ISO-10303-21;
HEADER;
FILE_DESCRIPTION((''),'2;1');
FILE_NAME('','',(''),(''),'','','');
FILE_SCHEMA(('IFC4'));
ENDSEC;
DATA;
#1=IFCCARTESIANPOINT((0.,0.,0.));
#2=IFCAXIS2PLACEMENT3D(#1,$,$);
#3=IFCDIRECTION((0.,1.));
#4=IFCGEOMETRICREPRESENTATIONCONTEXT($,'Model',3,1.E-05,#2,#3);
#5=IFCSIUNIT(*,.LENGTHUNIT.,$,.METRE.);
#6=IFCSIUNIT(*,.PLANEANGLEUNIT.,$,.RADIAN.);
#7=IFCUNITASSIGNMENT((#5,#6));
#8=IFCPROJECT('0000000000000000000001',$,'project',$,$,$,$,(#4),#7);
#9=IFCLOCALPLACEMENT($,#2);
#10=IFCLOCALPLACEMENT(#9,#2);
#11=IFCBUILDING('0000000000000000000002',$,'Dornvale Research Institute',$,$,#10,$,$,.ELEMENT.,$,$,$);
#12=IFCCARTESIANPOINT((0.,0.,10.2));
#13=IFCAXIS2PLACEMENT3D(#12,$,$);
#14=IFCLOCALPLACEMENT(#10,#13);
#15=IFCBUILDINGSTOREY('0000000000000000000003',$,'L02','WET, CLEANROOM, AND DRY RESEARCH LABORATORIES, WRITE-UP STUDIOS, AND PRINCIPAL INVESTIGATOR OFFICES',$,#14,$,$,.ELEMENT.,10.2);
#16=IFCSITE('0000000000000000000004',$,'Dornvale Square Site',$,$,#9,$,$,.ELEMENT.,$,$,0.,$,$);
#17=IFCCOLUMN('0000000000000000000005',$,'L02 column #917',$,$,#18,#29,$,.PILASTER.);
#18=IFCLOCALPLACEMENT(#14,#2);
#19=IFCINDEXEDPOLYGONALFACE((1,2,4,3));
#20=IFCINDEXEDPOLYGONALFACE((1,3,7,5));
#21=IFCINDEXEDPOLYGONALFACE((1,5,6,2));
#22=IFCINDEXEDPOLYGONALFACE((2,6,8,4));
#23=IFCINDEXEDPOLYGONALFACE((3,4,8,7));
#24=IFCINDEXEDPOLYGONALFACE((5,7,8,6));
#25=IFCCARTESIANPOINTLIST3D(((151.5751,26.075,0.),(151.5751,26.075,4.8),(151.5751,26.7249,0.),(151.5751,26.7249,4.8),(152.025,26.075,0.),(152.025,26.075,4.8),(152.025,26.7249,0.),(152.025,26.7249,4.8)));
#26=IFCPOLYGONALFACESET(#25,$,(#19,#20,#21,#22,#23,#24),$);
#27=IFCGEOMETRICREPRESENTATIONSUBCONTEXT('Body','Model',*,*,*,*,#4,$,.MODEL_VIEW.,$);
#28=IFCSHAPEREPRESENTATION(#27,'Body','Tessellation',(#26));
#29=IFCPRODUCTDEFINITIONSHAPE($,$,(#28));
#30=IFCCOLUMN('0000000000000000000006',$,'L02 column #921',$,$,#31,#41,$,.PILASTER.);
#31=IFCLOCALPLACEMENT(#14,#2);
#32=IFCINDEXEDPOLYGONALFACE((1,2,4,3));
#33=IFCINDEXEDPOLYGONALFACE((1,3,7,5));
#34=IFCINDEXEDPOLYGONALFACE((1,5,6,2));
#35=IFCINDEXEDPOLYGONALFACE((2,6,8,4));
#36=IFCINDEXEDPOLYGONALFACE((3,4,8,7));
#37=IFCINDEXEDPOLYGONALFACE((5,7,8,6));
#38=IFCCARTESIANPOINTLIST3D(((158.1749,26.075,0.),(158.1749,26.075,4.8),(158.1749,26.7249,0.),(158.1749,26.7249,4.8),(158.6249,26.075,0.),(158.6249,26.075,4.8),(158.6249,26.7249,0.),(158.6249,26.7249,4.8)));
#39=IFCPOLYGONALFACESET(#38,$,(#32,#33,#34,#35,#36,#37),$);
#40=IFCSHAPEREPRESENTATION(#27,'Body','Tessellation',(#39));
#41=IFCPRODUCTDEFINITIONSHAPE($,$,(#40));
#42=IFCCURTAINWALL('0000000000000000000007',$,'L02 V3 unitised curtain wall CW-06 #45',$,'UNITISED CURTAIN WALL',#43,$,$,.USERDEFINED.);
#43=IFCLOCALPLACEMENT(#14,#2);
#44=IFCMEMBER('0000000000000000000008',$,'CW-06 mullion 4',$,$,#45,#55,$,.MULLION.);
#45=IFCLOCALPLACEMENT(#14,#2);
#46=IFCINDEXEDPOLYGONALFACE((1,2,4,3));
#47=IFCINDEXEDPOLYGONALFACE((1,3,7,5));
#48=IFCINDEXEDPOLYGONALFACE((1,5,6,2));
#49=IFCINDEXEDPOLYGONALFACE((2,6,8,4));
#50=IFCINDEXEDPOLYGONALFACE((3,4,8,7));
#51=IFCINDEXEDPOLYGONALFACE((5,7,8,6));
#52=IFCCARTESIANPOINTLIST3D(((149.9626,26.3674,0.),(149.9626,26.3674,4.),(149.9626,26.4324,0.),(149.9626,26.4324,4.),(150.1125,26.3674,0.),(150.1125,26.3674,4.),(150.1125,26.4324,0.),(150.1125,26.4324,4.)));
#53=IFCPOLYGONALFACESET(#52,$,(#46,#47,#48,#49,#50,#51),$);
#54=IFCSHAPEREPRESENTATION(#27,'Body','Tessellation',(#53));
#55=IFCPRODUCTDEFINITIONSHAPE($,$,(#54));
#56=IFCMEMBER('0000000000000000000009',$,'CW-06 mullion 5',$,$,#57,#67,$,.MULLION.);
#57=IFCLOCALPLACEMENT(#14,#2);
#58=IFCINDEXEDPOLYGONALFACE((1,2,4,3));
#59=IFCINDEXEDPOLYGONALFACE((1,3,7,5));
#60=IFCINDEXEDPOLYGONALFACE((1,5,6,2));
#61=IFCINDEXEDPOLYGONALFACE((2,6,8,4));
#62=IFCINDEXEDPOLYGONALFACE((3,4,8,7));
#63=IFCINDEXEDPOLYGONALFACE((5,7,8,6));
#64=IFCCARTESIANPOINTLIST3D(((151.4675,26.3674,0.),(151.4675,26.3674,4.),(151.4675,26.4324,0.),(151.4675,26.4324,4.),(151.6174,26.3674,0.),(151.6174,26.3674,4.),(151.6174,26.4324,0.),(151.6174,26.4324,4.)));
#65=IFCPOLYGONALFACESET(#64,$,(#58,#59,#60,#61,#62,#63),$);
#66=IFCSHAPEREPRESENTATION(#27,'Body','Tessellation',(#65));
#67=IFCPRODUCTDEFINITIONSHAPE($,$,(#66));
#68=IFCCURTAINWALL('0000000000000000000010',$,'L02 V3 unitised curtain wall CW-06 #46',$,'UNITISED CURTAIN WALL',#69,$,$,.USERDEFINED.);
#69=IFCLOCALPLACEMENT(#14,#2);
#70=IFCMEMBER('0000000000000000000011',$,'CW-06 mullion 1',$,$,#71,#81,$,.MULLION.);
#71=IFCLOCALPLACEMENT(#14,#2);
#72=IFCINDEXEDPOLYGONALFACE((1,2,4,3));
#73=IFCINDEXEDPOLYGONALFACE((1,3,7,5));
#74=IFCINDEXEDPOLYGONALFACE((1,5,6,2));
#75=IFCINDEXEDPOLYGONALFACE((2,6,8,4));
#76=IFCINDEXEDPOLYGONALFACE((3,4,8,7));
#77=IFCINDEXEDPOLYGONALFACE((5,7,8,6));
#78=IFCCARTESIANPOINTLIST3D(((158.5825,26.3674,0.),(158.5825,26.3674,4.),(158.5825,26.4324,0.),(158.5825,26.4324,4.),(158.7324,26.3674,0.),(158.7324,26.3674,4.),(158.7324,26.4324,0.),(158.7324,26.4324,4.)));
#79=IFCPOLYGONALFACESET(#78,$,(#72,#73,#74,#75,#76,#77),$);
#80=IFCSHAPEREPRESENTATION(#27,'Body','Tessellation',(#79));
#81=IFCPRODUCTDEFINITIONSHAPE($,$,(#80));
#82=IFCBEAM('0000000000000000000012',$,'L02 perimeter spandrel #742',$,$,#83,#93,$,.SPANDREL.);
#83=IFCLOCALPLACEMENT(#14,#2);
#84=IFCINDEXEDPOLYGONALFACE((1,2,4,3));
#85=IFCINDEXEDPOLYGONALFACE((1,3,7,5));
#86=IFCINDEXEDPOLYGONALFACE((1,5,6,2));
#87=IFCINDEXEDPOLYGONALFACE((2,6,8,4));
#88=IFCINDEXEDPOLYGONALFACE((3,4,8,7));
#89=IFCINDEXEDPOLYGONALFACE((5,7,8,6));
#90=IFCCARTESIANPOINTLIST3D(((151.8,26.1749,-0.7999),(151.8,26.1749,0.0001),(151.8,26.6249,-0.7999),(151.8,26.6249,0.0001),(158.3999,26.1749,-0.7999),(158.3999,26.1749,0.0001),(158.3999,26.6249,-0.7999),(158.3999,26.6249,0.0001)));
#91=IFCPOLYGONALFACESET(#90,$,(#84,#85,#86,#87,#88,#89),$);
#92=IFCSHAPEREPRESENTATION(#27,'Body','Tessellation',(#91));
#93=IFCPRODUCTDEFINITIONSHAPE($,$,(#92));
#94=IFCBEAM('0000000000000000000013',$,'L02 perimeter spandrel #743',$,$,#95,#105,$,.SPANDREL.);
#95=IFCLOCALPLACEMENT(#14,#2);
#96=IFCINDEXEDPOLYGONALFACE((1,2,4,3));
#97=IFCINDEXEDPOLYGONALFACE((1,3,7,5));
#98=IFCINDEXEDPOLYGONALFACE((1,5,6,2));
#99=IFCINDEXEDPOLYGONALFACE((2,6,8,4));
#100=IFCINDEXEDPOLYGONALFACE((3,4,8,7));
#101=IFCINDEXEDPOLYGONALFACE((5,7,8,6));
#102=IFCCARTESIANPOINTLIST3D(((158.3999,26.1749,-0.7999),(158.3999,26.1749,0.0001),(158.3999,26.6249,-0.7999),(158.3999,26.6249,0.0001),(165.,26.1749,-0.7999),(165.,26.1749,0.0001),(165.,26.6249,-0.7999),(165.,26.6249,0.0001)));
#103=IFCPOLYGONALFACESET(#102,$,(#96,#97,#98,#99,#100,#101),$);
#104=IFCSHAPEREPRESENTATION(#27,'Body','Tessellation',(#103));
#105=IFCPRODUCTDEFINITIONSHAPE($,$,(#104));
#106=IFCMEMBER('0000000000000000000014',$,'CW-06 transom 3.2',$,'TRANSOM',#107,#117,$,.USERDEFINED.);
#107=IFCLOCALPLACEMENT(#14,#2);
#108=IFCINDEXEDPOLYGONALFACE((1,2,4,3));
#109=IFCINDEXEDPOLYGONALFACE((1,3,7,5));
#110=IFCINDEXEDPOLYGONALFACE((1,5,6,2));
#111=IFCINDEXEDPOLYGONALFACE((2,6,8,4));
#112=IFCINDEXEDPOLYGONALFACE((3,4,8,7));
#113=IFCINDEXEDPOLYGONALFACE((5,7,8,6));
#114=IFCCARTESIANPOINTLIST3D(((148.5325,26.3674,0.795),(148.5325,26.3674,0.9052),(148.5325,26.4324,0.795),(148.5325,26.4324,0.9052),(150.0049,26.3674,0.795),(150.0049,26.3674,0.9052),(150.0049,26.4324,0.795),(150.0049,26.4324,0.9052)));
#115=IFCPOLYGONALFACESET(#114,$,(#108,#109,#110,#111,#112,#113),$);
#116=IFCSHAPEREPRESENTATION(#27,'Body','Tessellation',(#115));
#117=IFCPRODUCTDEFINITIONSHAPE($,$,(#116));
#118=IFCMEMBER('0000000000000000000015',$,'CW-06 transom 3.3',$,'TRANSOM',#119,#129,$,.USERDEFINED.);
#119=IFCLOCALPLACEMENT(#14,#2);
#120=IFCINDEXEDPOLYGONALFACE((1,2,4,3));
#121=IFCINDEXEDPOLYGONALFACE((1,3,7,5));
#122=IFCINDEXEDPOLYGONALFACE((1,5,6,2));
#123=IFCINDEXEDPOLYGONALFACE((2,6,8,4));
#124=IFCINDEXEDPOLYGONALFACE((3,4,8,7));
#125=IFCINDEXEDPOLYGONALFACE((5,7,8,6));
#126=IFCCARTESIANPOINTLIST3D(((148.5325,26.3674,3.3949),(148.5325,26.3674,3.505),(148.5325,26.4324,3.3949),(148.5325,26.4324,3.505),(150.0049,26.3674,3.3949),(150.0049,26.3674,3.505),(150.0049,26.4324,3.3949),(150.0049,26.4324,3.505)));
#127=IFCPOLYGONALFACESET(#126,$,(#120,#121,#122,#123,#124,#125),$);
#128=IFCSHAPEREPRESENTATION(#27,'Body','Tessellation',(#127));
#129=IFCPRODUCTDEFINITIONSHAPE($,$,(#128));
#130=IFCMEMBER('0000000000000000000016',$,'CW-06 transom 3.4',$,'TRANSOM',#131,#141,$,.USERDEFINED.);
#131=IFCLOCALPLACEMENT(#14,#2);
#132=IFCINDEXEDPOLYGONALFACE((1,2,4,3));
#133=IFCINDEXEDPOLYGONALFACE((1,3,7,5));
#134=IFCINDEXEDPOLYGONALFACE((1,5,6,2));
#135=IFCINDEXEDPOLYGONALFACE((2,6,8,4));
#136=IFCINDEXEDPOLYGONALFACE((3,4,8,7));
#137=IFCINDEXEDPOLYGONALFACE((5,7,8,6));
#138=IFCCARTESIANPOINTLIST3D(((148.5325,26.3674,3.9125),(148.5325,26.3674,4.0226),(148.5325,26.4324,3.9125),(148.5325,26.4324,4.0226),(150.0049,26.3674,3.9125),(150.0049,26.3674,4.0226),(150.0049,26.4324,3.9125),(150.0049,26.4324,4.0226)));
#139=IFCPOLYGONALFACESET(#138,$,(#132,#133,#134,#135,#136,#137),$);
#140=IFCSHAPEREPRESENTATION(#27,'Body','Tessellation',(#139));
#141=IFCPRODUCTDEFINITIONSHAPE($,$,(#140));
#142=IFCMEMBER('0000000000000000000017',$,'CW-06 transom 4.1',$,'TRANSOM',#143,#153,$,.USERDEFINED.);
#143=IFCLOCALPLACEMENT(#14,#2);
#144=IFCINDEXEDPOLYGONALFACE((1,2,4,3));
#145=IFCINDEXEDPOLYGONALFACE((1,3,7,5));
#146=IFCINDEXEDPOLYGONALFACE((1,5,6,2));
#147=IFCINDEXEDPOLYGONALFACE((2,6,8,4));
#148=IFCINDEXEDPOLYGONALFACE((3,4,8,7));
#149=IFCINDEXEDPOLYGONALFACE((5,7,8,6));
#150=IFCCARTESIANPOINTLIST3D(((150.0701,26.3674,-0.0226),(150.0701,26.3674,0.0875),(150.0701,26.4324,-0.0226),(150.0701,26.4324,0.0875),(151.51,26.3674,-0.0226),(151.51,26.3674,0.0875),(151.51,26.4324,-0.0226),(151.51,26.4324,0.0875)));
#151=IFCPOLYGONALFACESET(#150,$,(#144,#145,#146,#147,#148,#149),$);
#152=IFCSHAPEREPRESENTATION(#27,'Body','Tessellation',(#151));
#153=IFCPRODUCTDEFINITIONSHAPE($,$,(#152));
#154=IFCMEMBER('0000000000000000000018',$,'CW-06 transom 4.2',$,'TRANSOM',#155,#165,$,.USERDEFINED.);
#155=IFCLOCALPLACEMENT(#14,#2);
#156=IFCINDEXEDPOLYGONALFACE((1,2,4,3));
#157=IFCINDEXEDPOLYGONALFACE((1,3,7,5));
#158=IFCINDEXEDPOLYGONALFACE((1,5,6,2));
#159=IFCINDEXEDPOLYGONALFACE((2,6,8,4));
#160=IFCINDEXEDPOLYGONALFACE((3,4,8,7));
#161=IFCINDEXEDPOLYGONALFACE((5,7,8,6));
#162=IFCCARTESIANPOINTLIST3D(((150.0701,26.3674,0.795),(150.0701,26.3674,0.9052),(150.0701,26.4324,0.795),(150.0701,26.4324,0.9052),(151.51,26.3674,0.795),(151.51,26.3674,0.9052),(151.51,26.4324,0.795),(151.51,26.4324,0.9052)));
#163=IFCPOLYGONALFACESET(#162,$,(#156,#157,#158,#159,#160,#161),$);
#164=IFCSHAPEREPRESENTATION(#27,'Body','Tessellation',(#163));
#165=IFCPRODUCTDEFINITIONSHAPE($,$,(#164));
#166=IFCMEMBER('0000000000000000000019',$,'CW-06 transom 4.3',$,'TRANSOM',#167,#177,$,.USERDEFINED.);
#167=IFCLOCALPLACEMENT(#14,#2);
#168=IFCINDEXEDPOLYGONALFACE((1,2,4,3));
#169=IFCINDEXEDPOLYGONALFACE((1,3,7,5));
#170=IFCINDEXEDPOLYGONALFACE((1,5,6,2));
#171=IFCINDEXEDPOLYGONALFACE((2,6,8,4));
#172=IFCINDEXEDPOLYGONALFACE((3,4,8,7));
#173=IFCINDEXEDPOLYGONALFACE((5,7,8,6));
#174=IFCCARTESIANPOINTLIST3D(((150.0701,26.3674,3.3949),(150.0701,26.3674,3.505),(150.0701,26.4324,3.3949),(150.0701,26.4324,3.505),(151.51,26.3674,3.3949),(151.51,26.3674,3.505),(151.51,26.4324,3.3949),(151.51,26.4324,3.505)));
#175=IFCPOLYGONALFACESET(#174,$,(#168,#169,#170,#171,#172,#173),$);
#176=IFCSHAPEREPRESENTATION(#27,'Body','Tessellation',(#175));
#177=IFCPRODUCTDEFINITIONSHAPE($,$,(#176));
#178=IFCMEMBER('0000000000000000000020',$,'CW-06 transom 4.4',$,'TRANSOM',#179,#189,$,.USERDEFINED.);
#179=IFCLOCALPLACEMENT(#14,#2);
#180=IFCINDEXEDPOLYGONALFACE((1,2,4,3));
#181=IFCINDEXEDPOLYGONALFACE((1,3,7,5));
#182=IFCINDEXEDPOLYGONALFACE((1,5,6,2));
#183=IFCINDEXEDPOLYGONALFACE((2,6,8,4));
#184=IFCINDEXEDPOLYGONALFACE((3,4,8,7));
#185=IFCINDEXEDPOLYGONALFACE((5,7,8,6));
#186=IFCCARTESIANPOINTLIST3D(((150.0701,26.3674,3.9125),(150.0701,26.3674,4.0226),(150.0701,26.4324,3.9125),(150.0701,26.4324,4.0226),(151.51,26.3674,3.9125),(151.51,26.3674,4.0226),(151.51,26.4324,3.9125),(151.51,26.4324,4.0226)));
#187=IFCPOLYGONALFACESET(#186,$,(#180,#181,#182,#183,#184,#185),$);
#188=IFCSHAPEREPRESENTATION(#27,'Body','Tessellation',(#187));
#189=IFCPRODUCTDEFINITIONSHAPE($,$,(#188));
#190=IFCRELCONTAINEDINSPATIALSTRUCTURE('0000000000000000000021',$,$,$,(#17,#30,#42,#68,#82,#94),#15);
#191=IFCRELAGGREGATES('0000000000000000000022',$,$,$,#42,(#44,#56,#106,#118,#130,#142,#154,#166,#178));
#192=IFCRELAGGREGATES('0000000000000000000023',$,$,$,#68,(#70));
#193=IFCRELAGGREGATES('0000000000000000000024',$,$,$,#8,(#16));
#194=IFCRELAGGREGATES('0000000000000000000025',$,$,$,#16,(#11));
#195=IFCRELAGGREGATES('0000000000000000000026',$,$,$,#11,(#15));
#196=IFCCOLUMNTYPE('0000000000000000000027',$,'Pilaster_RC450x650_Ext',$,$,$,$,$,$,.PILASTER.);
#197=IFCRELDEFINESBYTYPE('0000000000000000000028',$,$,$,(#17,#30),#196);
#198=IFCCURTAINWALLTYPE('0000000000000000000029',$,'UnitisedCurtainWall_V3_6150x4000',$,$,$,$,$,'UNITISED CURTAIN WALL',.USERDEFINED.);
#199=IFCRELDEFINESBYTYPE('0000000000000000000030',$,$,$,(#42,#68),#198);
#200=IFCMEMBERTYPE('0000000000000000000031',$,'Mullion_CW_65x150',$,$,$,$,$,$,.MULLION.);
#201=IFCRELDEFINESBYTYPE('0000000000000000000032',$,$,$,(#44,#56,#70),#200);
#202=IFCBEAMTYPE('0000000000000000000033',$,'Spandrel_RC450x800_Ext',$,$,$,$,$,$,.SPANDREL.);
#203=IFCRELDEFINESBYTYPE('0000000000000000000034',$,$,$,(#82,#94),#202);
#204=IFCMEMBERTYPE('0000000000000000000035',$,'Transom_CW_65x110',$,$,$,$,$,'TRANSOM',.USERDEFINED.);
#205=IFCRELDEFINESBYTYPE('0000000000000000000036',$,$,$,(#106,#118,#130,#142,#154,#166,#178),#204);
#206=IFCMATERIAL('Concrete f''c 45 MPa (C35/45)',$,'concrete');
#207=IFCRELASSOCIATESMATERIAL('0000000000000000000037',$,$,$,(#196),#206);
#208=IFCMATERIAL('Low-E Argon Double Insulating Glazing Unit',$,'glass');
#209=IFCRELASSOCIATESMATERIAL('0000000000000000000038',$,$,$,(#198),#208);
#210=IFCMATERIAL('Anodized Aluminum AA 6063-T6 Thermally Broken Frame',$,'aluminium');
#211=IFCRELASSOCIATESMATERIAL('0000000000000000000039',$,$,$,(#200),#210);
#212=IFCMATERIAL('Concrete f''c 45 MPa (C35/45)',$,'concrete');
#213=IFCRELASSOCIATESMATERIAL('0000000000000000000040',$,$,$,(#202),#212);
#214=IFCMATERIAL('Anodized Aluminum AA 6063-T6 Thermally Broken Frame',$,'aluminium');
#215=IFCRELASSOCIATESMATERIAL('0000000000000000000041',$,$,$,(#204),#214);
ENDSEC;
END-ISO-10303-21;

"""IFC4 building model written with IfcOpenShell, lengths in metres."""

from ifc_helpers import new_model, si_unit, direction, frame, origin, origin_2d, place, context, subcontext, project, spatial, rectangle, extrude, material, material_profile, profile_set, type_object, element, aggregate, save


model = new_model("IFC4")

# Units and contexts
model_context = context("Model", 3, precision=1e-05, world=origin(), true_north=direction((0.0, 1.0)))
body_context = subcontext(model_context, "Body", "Model", "MODEL_VIEW")
ifc_project = project(units=[si_unit("LENGTHUNIT", "METRE"), si_unit("PLANEANGLEUNIT", "RADIAN")], contexts=[model_context])

# Site, building, storey
site_placement = place(None, origin())
site = spatial("IfcSite", under=ifc_project, at=site_placement, Name="Dornvale Square Site", CompositionType="ELEMENT", RefElevation=0.0)
building_placement = place(site_placement, origin())
building = spatial("IfcBuilding", under=site, at=building_placement, Name="Dornvale Research Institute", CompositionType="ELEMENT")
storey_placement = place(building_placement, frame((0.0, 0.0, 10.2)))
storey = spatial("IfcBuildingStorey", under=building, at=storey_placement, Name="L02", Description="WET, CLEANROOM, AND DRY RESEARCH LABORATORIES, WRITE-UP STUDIOS, AND PRINCIPAL INVESTIGATOR OFFICES", CompositionType="ELEMENT", Elevation=10.2)

# Columns
ifc_material_1 = material(Name="Concrete f'c 45 MPa (C35/45)", Category="concrete")
ifc_material_profile_1 = material_profile(ifc_material_1, rectangle(XDim=0.45, YDim=0.6499, at=origin_2d()), Name="RC 450x650")
ifc_profile_set_1 = profile_set([ifc_material_profile_1], Name="Concrete f'c 45 MPa (C35/45)")
column_type = type_object("IfcColumnType", Name="Pilaster_RC450x650_Ext", PredefinedType="PILASTER", material=ifc_profile_set_1)
for number, where, z_axis, x_axis, name in (
    (1, (151.8, 26.3999, 0.0), (0.0, 0.0, 1.0), (1.0, 0.0, 0.0), "L02 column #917"),
    (2, (158.3999, 26.3999, 0.0), (0.0, 0.0, 1.0), (1.0, 0.0, 0.0), "L02 column #921"),
):
    element("IfcColumn", number, at=place(storey_placement, frame(where, z_axis=z_axis, x_axis=x_axis)), inside=storey, type_object=column_type, Name=name, PredefinedType="PILASTER", context=body_context, shape_type="SweptSolid", body=[
        extrude(rectangle(XDim=0.45, YDim=0.6499, at=origin_2d()), origin(), (0.0, 0.0, 1.0), 4.8),
    ])

# Curtain wall, members
ifc_material_2 = material(Name="Low-E Argon Double Insulating Glazing Unit", Category="glass")
curtain_wall_type = type_object("IfcCurtainWallType", Name="UnitisedCurtainWall_V3_6150x4000", ElementType="UNITISED CURTAIN WALL", PredefinedType="USERDEFINED", material=ifc_material_2)
curtain_wall_1_placement = place(storey_placement, origin())
curtain_wall_1 = element("IfcCurtainWall", 3, at=curtain_wall_1_placement, inside=storey, type_object=curtain_wall_type, Name="L02 V3 unitised curtain wall CW-06 #45", ObjectType="UNITISED CURTAIN WALL", PredefinedType="USERDEFINED")
ifc_material_3 = material(Name="Anodized Aluminum AA 6063-T6 Thermally Broken Frame", Category="aluminium")
ifc_material_profile_2 = material_profile(ifc_material_3, rectangle(XDim=0.0649, YDim=0.1499, at=origin_2d()), Name="ALU MULLION 65x150")
ifc_profile_set_2 = profile_set([ifc_material_profile_2], Name="Anodized Aluminum AA 6063-T6 Thermally Broken Frame")
member_type_1 = type_object("IfcMemberType", Name="Mullion_CW_65x150", PredefinedType="MULLION", material=ifc_profile_set_2)
member_1_placement = place(storey_placement, frame((150.0376, 26.3999, 0.0), z_axis=(0.0, 0.0, 1.0), x_axis=(0.0, 1.0, 0.0)))
member_1 = element("IfcMember", 4, at=member_1_placement, type_object=member_type_1, Name="CW-06 mullion 4", PredefinedType="MULLION", context=body_context, shape_type="SweptSolid", body=[
    extrude(rectangle(XDim=0.0649, YDim=0.1499, at=origin_2d()), origin(), (0.0, 0.0, 1.0), 4.0),
])
member_2_placement = place(storey_placement, frame((151.5425, 26.3999, 0.0), z_axis=(0.0, 0.0, 1.0), x_axis=(0.0, 1.0, 0.0)))
member_2 = element("IfcMember", 5, at=member_2_placement, type_object=member_type_1, Name="CW-06 mullion 5", PredefinedType="MULLION", context=body_context, shape_type="SweptSolid", body=[
    extrude(rectangle(XDim=0.0649, YDim=0.1499, at=origin_2d()), origin(), (0.0, 0.0, 1.0), 4.0),
])

# Curtain wall, member
curtain_wall_2_placement = place(storey_placement, origin())
curtain_wall_2 = element("IfcCurtainWall", 6, at=curtain_wall_2_placement, inside=storey, type_object=curtain_wall_type, Name="L02 V3 unitised curtain wall CW-06 #46", ObjectType="UNITISED CURTAIN WALL", PredefinedType="USERDEFINED")
member_3_placement = place(storey_placement, frame((158.6575, 26.3999, 0.0), z_axis=(0.0, 0.0, 1.0), x_axis=(0.0, 1.0, 0.0)))
member_3 = element("IfcMember", 7, at=member_3_placement, type_object=member_type_1, Name="CW-06 mullion 1", PredefinedType="MULLION", context=body_context, shape_type="SweptSolid", body=[
    extrude(rectangle(XDim=0.0649, YDim=0.1499, at=origin_2d()), origin(), (0.0, 0.0, 1.0), 4.0),
])

# Beams
ifc_material_4 = material(Name="Concrete f'c 45 MPa (C35/45)", Category="concrete")
ifc_material_profile_3 = material_profile(ifc_material_4, rectangle(XDim=0.45, YDim=0.8, at=origin_2d()), Name="RC 450x800")
ifc_profile_set_3 = profile_set([ifc_material_profile_3], Name="Concrete f'c 45 MPa (C35/45)")
beam_type = type_object("IfcBeamType", Name="Spandrel_RC450x800_Ext", PredefinedType="SPANDREL", material=ifc_profile_set_3)
beam_1_placement = place(storey_placement, frame((151.8, 26.3999, -0.3999), z_axis=(1.0, 0.0, 0.0), x_axis=(0.0, 1.0, 0.0)))
element("IfcBeam", 8, at=beam_1_placement, inside=storey, type_object=beam_type, Name="L02 perimeter spandrel #742", PredefinedType="SPANDREL", context=body_context, shape_type="SweptSolid", body=[
    extrude(rectangle(XDim=0.45, YDim=0.8, at=origin_2d()), origin(), (0.0, 0.0, 1.0), 6.5999),
])
beam_2_placement = place(storey_placement, frame((158.3999, 26.3999, -0.3999), z_axis=(1.0, 0.0, 0.0), x_axis=(0.0, 1.0, 0.0)))
element("IfcBeam", 9, at=beam_2_placement, inside=storey, type_object=beam_type, Name="L02 perimeter spandrel #743", PredefinedType="SPANDREL", context=body_context, shape_type="SweptSolid", body=[
    extrude(rectangle(XDim=0.45, YDim=0.8, at=origin_2d()), origin(), (0.0, 0.0, 1.0), 6.6001),
])

# Members
ifc_material_5 = material(Name="Anodized Aluminum AA 6063-T6 Thermally Broken Frame", Category="aluminium")
ifc_material_profile_4 = material_profile(ifc_material_5, rectangle(XDim=0.0649, YDim=0.1101, at=origin_2d()), Name="ALU TRANSOM 65x110")
ifc_profile_set_4 = profile_set([ifc_material_profile_4], Name="Anodized Aluminum AA 6063-T6 Thermally Broken Frame")
member_type_2 = type_object("IfcMemberType", Name="Transom_CW_65x110", ElementType="TRANSOM", PredefinedType="USERDEFINED", material=ifc_profile_set_4)
member_4_placement = place(storey_placement, frame((148.5325, 26.3999, 0.8501), z_axis=(1.0, 0.0, 0.0), x_axis=(0.0, 1.0, 0.0)))
member_4 = element("IfcMember", 10, at=member_4_placement, type_object=member_type_2, Name="CW-06 transom 3.2", ObjectType="TRANSOM", PredefinedType="USERDEFINED", context=body_context, shape_type="SweptSolid", body=[
    extrude(rectangle(XDim=0.0649, YDim=0.1101, at=origin_2d()), origin(), (0.0, 0.0, 1.0), 1.4724),
])
member_5_placement = place(storey_placement, frame((148.5325, 26.3999, 3.45), z_axis=(1.0, 0.0, 0.0), x_axis=(0.0, 1.0, 0.0)))
member_5 = element("IfcMember", 11, at=member_5_placement, type_object=member_type_2, Name="CW-06 transom 3.3", ObjectType="TRANSOM", PredefinedType="USERDEFINED", context=body_context, shape_type="SweptSolid", body=[
    extrude(rectangle(XDim=0.0649, YDim=0.1101, at=origin_2d()), origin(), (0.0, 0.0, 1.0), 1.4724),
])
member_6_placement = place(storey_placement, frame((148.5325, 26.3999, 3.9675), z_axis=(1.0, 0.0, 0.0), x_axis=(0.0, 1.0, 0.0)))
member_6 = element("IfcMember", 12, at=member_6_placement, type_object=member_type_2, Name="CW-06 transom 3.4", ObjectType="TRANSOM", PredefinedType="USERDEFINED", context=body_context, shape_type="SweptSolid", body=[
    extrude(rectangle(XDim=0.0649, YDim=0.1101, at=origin_2d()), origin(), (0.0, 0.0, 1.0), 1.4724),
])
member_7_placement = place(storey_placement, frame((150.0701, 26.3999, 0.0325), z_axis=(1.0, 0.0, 0.0), x_axis=(0.0, 1.0, 0.0)))
member_7 = element("IfcMember", 13, at=member_7_placement, type_object=member_type_2, Name="CW-06 transom 4.1", ObjectType="TRANSOM", PredefinedType="USERDEFINED", context=body_context, shape_type="SweptSolid", body=[
    extrude(rectangle(XDim=0.0649, YDim=0.1101, at=origin_2d()), origin(), (0.0, 0.0, 1.0), 1.4399),
])
member_8_placement = place(storey_placement, frame((150.0701, 26.3999, 0.8501), z_axis=(1.0, 0.0, 0.0), x_axis=(0.0, 1.0, 0.0)))
member_8 = element("IfcMember", 14, at=member_8_placement, type_object=member_type_2, Name="CW-06 transom 4.2", ObjectType="TRANSOM", PredefinedType="USERDEFINED", context=body_context, shape_type="SweptSolid", body=[
    extrude(rectangle(XDim=0.0649, YDim=0.1101, at=origin_2d()), origin(), (0.0, 0.0, 1.0), 1.4399),
])
member_9_placement = place(storey_placement, frame((150.0701, 26.3999, 3.45), z_axis=(1.0, 0.0, 0.0), x_axis=(0.0, 1.0, 0.0)))
member_9 = element("IfcMember", 15, at=member_9_placement, type_object=member_type_2, Name="CW-06 transom 4.3", ObjectType="TRANSOM", PredefinedType="USERDEFINED", context=body_context, shape_type="SweptSolid", body=[
    extrude(rectangle(XDim=0.0649, YDim=0.1101, at=origin_2d()), origin(), (0.0, 0.0, 1.0), 1.4399),
])
member_10_placement = place(storey_placement, frame((150.0701, 26.3999, 3.9675), z_axis=(1.0, 0.0, 0.0), x_axis=(0.0, 1.0, 0.0)))
member_10 = element("IfcMember", 16, at=member_10_placement, type_object=member_type_2, Name="CW-06 transom 4.4", ObjectType="TRANSOM", PredefinedType="USERDEFINED", context=body_context, shape_type="SweptSolid", body=[
    extrude(rectangle(XDim=0.0649, YDim=0.1101, at=origin_2d()), origin(), (0.0, 0.0, 1.0), 1.4399),
])

aggregate(curtain_wall_1, [member_1, member_2, member_4, member_5, member_6, member_7, member_8, member_9, member_10])
aggregate(curtain_wall_2, [member_3])

save(model, "model.ifc")
